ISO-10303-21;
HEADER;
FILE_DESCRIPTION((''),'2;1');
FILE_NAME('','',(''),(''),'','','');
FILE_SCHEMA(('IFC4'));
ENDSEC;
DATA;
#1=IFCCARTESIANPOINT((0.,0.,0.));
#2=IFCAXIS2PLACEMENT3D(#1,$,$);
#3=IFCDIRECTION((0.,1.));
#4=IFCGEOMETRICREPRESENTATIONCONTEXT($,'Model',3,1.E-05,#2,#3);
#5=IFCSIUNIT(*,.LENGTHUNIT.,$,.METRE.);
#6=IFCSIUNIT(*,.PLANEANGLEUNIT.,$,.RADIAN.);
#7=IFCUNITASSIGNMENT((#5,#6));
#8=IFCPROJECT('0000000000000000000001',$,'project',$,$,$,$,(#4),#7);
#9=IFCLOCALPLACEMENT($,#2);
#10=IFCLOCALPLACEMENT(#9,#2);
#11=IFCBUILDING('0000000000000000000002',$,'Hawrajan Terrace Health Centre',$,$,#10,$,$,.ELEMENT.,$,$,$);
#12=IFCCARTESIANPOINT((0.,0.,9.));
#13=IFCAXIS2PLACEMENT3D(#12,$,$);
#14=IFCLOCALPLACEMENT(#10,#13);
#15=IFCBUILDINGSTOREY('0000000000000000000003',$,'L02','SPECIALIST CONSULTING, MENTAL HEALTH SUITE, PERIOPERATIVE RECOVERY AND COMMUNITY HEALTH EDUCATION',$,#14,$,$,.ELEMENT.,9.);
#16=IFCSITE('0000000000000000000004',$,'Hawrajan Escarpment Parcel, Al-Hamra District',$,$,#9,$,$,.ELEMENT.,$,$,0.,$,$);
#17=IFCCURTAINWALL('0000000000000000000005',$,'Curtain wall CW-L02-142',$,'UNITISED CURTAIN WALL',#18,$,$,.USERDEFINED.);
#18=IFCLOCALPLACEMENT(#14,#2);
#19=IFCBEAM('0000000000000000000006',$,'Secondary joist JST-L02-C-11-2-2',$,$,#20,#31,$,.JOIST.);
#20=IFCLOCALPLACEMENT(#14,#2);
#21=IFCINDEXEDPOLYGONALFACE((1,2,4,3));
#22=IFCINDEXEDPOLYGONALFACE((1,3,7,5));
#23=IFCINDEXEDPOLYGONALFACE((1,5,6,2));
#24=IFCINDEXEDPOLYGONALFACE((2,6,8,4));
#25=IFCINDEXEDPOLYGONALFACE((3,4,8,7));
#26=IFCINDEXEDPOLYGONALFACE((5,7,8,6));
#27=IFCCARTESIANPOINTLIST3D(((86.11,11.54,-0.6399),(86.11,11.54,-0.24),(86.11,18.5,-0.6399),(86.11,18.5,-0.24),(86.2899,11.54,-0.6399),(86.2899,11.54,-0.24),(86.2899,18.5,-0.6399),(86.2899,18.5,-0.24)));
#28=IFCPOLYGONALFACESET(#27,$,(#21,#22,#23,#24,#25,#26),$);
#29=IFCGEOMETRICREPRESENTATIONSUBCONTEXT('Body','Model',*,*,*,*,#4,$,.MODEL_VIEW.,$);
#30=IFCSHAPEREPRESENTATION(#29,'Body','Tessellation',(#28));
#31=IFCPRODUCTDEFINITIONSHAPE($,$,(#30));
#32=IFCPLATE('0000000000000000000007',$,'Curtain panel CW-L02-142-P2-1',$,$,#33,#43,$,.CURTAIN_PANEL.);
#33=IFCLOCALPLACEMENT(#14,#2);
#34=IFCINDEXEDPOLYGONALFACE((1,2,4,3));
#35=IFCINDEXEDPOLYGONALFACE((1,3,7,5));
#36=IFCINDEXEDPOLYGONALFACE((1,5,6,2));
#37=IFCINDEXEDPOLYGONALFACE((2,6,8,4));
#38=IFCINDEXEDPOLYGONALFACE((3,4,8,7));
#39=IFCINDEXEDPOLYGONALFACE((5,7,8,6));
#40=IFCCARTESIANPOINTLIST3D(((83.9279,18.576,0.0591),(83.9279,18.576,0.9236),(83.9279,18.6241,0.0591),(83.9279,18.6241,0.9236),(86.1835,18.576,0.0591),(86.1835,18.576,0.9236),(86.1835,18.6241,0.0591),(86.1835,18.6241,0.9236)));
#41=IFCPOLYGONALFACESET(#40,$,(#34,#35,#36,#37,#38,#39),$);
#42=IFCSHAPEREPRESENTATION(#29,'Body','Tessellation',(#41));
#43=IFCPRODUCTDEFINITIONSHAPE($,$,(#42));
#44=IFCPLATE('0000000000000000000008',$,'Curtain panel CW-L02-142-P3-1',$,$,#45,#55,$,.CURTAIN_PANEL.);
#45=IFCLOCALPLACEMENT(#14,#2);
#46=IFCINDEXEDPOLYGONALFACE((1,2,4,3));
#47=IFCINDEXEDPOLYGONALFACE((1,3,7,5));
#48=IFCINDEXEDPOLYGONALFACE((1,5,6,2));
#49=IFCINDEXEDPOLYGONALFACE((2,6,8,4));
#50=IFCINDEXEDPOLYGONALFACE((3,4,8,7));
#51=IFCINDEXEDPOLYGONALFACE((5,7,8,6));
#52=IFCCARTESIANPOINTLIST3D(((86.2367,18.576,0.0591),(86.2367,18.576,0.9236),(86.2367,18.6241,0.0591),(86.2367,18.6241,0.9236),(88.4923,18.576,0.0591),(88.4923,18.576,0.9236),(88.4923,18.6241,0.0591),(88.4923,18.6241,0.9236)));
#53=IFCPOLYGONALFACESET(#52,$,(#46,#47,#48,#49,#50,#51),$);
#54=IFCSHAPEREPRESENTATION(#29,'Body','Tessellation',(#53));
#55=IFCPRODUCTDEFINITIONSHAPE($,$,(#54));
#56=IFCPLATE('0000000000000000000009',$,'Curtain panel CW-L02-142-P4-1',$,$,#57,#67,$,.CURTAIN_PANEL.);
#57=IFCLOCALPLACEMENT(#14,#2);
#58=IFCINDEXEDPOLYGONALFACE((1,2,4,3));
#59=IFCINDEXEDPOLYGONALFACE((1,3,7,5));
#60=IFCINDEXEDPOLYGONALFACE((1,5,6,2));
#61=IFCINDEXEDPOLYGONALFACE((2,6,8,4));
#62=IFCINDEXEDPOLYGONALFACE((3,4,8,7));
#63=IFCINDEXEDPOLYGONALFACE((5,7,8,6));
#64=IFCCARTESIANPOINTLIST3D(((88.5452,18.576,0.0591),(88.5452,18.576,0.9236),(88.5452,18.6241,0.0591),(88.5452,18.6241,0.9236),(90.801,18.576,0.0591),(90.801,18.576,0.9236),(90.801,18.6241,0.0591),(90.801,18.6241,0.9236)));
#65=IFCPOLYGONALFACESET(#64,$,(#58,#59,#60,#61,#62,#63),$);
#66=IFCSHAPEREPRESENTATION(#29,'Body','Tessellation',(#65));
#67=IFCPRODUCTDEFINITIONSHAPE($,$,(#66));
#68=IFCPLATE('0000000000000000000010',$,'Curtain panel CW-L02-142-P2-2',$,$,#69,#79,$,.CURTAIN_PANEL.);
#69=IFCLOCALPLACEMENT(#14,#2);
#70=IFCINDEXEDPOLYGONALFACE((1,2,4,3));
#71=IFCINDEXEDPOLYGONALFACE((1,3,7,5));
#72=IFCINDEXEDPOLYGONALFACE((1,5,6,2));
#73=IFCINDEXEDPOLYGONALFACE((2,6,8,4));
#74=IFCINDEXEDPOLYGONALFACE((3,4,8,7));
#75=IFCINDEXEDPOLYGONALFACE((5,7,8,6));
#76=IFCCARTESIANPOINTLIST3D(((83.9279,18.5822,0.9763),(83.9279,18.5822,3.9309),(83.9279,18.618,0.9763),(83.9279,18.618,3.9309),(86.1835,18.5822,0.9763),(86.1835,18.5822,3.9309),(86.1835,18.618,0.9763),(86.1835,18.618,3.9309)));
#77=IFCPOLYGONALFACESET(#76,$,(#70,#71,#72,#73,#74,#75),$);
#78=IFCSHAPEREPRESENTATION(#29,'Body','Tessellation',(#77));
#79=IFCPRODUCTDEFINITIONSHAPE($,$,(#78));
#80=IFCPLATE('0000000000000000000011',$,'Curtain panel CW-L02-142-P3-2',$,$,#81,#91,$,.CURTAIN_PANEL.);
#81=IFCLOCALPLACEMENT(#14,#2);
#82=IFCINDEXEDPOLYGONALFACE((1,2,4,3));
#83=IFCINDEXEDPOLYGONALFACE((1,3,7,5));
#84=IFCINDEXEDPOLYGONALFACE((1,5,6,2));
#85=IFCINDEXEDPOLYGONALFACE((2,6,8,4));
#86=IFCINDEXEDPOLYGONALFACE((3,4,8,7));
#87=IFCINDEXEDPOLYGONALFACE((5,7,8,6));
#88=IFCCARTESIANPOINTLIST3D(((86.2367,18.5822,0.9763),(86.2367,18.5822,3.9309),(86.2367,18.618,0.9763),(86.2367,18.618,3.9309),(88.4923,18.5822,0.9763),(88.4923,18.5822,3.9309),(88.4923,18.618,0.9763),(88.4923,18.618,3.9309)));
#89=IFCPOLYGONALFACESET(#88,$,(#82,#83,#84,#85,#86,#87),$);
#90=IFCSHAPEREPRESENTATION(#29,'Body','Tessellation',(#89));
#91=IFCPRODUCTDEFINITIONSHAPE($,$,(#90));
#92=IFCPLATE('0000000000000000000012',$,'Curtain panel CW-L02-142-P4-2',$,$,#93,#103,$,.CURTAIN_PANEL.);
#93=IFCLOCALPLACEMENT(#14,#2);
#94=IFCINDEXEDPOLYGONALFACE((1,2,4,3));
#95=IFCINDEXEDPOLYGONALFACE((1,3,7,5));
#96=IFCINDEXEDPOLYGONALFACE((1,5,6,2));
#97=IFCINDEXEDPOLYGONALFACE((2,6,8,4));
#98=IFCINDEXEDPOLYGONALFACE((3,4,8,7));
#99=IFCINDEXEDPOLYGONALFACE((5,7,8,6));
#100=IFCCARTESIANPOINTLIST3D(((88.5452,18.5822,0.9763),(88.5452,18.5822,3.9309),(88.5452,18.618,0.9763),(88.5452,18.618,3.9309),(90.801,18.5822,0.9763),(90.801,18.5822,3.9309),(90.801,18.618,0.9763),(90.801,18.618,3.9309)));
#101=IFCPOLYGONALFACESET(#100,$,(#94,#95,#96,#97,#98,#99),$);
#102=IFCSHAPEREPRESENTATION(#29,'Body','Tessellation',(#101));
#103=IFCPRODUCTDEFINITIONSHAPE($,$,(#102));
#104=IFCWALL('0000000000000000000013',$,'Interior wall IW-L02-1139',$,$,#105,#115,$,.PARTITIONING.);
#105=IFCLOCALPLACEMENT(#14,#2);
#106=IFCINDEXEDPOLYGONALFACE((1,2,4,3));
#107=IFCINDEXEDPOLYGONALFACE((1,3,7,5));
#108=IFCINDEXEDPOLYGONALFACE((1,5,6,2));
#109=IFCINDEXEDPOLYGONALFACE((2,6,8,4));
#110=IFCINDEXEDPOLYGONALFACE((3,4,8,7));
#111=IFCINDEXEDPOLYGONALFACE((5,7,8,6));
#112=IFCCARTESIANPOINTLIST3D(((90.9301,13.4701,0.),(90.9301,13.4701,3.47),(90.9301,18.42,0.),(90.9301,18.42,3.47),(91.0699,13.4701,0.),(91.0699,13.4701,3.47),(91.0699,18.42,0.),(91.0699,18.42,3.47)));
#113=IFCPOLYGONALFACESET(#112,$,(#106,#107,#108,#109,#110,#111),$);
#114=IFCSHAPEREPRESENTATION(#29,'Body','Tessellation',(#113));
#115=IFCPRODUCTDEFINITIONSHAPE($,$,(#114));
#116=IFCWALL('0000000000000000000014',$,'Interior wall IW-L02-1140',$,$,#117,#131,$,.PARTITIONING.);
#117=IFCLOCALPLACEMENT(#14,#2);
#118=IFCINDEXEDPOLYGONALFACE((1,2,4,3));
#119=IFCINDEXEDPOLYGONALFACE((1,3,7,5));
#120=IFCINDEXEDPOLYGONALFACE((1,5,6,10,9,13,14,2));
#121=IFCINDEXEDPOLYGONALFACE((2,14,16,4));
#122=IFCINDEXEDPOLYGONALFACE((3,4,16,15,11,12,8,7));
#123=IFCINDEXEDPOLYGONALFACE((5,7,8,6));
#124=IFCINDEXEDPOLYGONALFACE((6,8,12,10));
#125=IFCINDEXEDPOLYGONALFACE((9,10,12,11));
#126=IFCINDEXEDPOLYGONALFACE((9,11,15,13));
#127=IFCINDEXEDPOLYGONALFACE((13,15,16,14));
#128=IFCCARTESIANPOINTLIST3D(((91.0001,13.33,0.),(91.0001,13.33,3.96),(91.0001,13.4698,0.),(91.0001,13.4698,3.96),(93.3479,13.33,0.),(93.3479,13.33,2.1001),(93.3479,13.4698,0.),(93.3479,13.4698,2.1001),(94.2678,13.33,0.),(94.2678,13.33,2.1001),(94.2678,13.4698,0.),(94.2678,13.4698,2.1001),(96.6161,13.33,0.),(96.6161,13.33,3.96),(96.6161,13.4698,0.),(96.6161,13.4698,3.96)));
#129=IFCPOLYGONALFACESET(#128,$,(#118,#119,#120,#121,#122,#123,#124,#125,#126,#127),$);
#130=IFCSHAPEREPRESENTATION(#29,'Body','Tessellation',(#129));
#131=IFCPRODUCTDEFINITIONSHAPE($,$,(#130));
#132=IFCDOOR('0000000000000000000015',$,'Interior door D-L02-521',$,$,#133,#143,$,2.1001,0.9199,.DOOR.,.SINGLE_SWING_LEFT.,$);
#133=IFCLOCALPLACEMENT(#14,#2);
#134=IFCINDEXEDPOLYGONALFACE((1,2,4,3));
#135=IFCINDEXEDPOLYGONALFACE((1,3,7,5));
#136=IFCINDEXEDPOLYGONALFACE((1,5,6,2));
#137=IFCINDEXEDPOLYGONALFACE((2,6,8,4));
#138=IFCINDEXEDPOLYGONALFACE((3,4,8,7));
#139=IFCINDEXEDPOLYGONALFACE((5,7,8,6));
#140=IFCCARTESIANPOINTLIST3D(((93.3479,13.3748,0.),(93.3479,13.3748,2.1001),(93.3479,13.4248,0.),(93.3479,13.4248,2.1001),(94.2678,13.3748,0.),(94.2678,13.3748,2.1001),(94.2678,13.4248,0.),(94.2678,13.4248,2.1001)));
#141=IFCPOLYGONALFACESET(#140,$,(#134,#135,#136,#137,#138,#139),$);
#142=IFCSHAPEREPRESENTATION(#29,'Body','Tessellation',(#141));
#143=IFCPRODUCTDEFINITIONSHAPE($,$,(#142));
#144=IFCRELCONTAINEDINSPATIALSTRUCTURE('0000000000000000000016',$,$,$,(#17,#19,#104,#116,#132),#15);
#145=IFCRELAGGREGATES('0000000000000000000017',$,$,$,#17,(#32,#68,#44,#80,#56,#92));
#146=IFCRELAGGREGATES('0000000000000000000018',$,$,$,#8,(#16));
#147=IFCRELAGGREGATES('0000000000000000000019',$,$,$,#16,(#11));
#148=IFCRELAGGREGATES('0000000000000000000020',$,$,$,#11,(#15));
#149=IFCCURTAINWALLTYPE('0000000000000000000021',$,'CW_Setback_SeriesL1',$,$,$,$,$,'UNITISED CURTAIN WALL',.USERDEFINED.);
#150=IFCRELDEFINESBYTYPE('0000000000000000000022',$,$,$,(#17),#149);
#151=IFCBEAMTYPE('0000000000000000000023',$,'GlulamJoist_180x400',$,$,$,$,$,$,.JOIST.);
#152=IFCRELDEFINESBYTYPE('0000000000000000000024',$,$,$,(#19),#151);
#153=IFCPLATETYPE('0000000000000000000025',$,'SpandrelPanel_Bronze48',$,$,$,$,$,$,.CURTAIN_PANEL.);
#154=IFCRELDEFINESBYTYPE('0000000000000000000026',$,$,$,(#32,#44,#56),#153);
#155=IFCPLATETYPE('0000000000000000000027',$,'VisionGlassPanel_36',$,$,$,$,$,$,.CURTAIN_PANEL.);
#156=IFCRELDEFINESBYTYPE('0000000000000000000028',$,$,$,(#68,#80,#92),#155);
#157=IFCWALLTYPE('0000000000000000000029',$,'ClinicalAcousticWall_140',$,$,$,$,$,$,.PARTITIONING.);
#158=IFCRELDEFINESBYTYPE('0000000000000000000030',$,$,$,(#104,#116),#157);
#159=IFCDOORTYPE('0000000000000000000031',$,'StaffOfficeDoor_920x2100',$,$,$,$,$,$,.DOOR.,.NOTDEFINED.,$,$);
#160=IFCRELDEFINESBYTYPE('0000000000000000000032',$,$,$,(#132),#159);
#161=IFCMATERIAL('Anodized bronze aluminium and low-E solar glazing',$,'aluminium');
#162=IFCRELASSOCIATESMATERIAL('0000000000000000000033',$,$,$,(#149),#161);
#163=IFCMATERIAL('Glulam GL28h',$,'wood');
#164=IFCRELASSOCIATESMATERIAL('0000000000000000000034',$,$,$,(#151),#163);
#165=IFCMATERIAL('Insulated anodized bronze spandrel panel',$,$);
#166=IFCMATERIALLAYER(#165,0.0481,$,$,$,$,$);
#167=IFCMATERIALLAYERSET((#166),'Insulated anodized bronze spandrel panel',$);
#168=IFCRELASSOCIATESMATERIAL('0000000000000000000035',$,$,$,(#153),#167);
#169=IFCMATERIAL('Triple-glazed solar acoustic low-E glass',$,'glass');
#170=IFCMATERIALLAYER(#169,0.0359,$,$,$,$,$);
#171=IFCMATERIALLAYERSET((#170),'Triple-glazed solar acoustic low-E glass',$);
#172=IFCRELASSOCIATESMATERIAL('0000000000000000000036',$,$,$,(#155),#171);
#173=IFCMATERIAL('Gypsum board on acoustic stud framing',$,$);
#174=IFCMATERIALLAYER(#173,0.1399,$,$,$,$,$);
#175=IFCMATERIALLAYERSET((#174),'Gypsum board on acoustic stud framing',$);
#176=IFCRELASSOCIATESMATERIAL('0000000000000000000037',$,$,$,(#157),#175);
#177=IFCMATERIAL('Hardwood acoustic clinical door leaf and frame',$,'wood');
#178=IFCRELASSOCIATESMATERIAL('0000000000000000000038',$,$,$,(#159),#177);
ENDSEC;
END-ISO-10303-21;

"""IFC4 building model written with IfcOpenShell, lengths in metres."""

from ifc_helpers import new_model, si_unit, direction, frame, frame_2d, origin, origin_2d, place, context, subcontext, project, spatial, rectangle, extrude, material, layer, layer_set, material_profile, profile_set, type_object, element, fill, aggregate, save


model = new_model("IFC4")

# Units and contexts
model_context = context("Model", 3, precision=1e-05, world=origin(), true_north=direction((0.0, 1.0)))
body_context = subcontext(model_context, "Body", "Model", "MODEL_VIEW")
ifc_project = project(units=[si_unit("LENGTHUNIT", "METRE"), si_unit("PLANEANGLEUNIT", "RADIAN")], contexts=[model_context])

# Site, building, storey
site_placement = place(None, origin())
site = spatial("IfcSite", under=ifc_project, at=site_placement, Name="Hawrajan Escarpment Parcel, Al-Hamra District", CompositionType="ELEMENT", RefElevation=0.0)
building_placement = place(site_placement, origin())
building = spatial("IfcBuilding", under=site, at=building_placement, Name="Hawrajan Terrace Health Centre", CompositionType="ELEMENT")
storey_placement = place(building_placement, frame((0.0, 0.0, 9.0)))
storey = spatial("IfcBuildingStorey", under=building, at=storey_placement, Name="L02", Description="SPECIALIST CONSULTING, MENTAL HEALTH SUITE, PERIOPERATIVE RECOVERY AND COMMUNITY HEALTH EDUCATION", CompositionType="ELEMENT", Elevation=9.0)

# Curtain wall
ifc_material_1 = material(Name="Anodized bronze aluminium and low-E solar glazing", Category="aluminium")
curtain_wall_type = type_object("IfcCurtainWallType", Name="CW_Setback_SeriesL1", ElementType="UNITISED CURTAIN WALL", PredefinedType="USERDEFINED", material=ifc_material_1)
curtain_wall_placement = place(storey_placement, origin())
curtain_wall = element("IfcCurtainWall", 1, at=curtain_wall_placement, inside=storey, type_object=curtain_wall_type, Name="Curtain wall CW-L02-142", ObjectType="UNITISED CURTAIN WALL", PredefinedType="USERDEFINED")

# Beam
ifc_material_2 = material(Name="Glulam GL28h", Category="wood")
ifc_material_profile_1 = material_profile(ifc_material_2, rectangle(XDim=0.1799, YDim=0.3999, at=origin_2d()), Name="GL JST 180x400")
ifc_profile_set_1 = profile_set([ifc_material_profile_1], Name="Glulam GL28h")
beam_type_1 = type_object("IfcBeamType", Name="GlulamJoist_180x400", PredefinedType="JOIST", material=ifc_profile_set_1)
beam_1_placement = place(storey_placement, frame((86.2, 11.54, -0.4399), z_axis=(0.0, 1.0, 0.0), x_axis=(-1.0, 0.0, 0.0)))
element("IfcBeam", 2, at=beam_1_placement, inside=storey, type_object=beam_type_1, Name="Secondary joist JST-L02-C-11-2-2", PredefinedType="JOIST", context=body_context, shape_type="SweptSolid", body=[
    extrude(rectangle(XDim=0.1799, YDim=0.3999, at=origin_2d()), origin(), (0.0, 0.0, 1.0), 6.96),
])

# Plates
ifc_material_3 = material(Name="Insulated anodized bronze spandrel panel")
ifc_layer_1 = layer(ifc_material_3, 0.0481)
ifc_layer_set_1 = layer_set([ifc_layer_1], Name="Insulated anodized bronze spandrel panel")
plate_type_1 = type_object("IfcPlateType", Name="SpandrelPanel_Bronze48", PredefinedType="CURTAIN_PANEL", material=ifc_layer_set_1)
plate_1_placement = place(storey_placement, frame((85.0557, 18.6001, 0.0591), z_axis=(0.0, 0.0, 1.0), x_axis=(1.0, 0.0, 0.0)))
plate_1 = element("IfcPlate", 3, at=plate_1_placement, type_object=plate_type_1, Name="Curtain panel CW-L02-142-P2-1", PredefinedType="CURTAIN_PANEL", context=body_context, shape_type="SweptSolid", body=[
    extrude(rectangle(XDim=2.2556, YDim=0.0481, at=origin_2d()), origin(), (0.0, 0.0, 1.0), 0.8645),
])
plate_2_placement = place(storey_placement, frame((87.3645, 18.6001, 0.0591), z_axis=(0.0, 0.0, 1.0), x_axis=(1.0, 0.0, 0.0)))
plate_2 = element("IfcPlate", 4, at=plate_2_placement, type_object=plate_type_1, Name="Curtain panel CW-L02-142-P3-1", PredefinedType="CURTAIN_PANEL", context=body_context, shape_type="SweptSolid", body=[
    extrude(rectangle(XDim=2.2556, YDim=0.0481, at=origin_2d()), origin(), (0.0, 0.0, 1.0), 0.8645),
])
plate_3_placement = place(storey_placement, frame((89.6731, 18.6001, 0.0591), z_axis=(0.0, 0.0, 1.0), x_axis=(1.0, 0.0, 0.0)))
plate_3 = element("IfcPlate", 5, at=plate_3_placement, type_object=plate_type_1, Name="Curtain panel CW-L02-142-P4-1", PredefinedType="CURTAIN_PANEL", context=body_context, shape_type="SweptSolid", body=[
    extrude(rectangle(XDim=2.2559, YDim=0.0481, at=origin_2d()), origin(), (0.0, 0.0, 1.0), 0.8645),
])
ifc_material_4 = material(Name="Triple-glazed solar acoustic low-E glass", Category="glass")
ifc_layer_2 = layer(ifc_material_4, 0.0359)
ifc_layer_set_2 = layer_set([ifc_layer_2], Name="Triple-glazed solar acoustic low-E glass")
plate_type_2 = type_object("IfcPlateType", Name="VisionGlassPanel_36", PredefinedType="CURTAIN_PANEL", material=ifc_layer_set_2)
plate_4_placement = place(storey_placement, frame((85.0557, 18.6001, 0.9763), z_axis=(0.0, 0.0, 1.0), x_axis=(1.0, 0.0, 0.0)))
plate_4 = element("IfcPlate", 6, at=plate_4_placement, type_object=plate_type_2, Name="Curtain panel CW-L02-142-P2-2", PredefinedType="CURTAIN_PANEL", context=body_context, shape_type="SweptSolid", body=[
    extrude(rectangle(XDim=2.2556, YDim=0.0359, at=origin_2d()), origin(), (0.0, 0.0, 1.0), 2.9546),
])
plate_5_placement = place(storey_placement, frame((87.3645, 18.6001, 0.9763), z_axis=(0.0, 0.0, 1.0), x_axis=(1.0, 0.0, 0.0)))
plate_5 = element("IfcPlate", 7, at=plate_5_placement, type_object=plate_type_2, Name="Curtain panel CW-L02-142-P3-2", PredefinedType="CURTAIN_PANEL", context=body_context, shape_type="SweptSolid", body=[
    extrude(rectangle(XDim=2.2556, YDim=0.0359, at=origin_2d()), origin(), (0.0, 0.0, 1.0), 2.9546),
])
plate_6_placement = place(storey_placement, frame((89.6731, 18.6001, 0.9763), z_axis=(0.0, 0.0, 1.0), x_axis=(1.0, 0.0, 0.0)))
plate_6 = element("IfcPlate", 8, at=plate_6_placement, type_object=plate_type_2, Name="Curtain panel CW-L02-142-P4-2", PredefinedType="CURTAIN_PANEL", context=body_context, shape_type="SweptSolid", body=[
    extrude(rectangle(XDim=2.2559, YDim=0.0359, at=origin_2d()), origin(), (0.0, 0.0, 1.0), 2.9546),
])
aggregate(curtain_wall, [plate_1, plate_4, plate_2, plate_5, plate_3, plate_6])

# Wall
ifc_material_5 = material(Name="Gypsum board on acoustic stud framing")
ifc_layer_3 = layer(ifc_material_5, 0.1399)
ifc_layer_set_3 = layer_set([ifc_layer_3], Name="Gypsum board on acoustic stud framing")
wall_type = type_object("IfcWallType", Name="ClinicalAcousticWall_140", PredefinedType="PARTITIONING", material=ifc_layer_set_3)
wall_1_placement = place(storey_placement, frame((91.0, 13.47, 0.0), z_axis=(0.0, 0.0, 1.0), x_axis=(0.0, 1.0, 0.0)))
element("IfcWall", 9, at=wall_1_placement, inside=storey, type_object=wall_type, Name="Interior wall IW-L02-1139", PredefinedType="PARTITIONING", context=body_context, shape_type="SweptSolid", body=[
    extrude(rectangle(XDim=4.95, YDim=0.1399, at=frame_2d((2.4751, 0.0))), origin(), (0.0, 0.0, 1.0), 3.47),
])

# Wall, opening, door
wall_2_placement = place(storey_placement, frame((91.0, 13.3999, 0.0), z_axis=(0.0, 0.0, 1.0), x_axis=(1.0, 0.0, 0.0)))
wall_2 = element("IfcWall", 10, at=wall_2_placement, inside=storey, type_object=wall_type, Name="Interior wall IW-L02-1140", PredefinedType="PARTITIONING", context=body_context, shape_type="SweptSolid", body=[
    extrude(rectangle(XDim=5.616, YDim=0.1399, at=frame_2d((2.8081, 0.0))), origin(), (0.0, 0.0, 1.0), 3.96),
])
opening_placement = place(wall_2_placement, frame((2.3479, 0.0, 0.0)))
opening = element("IfcOpeningElement", 11, at=opening_placement, cuts=wall_2, PredefinedType="OPENING", context=body_context, shape_type="SweptSolid", body=[
    extrude(rectangle(XDim=0.9199, YDim=2.1001, at=frame_2d((0.46, 1.05))), frame((0.0, 0.0798, 0.0), z_axis=(0.0, -1.0, 0.0), x_axis=(1.0, 0.0, 0.0)), (0.0, 0.0, 1.0), 0.1599),
])
ifc_material_6 = material(Name="Hardwood acoustic clinical door leaf and frame", Category="wood")
door_type = type_object("IfcDoorType", Name="StaffOfficeDoor_920x2100", OperationType="NOTDEFINED", PredefinedType="DOOR", material=ifc_material_6)
door_placement = place(opening_placement, origin())
door = element("IfcDoor", 12, at=door_placement, inside=storey, type_object=door_type, Name="Interior door D-L02-521", OperationType="SINGLE_SWING_LEFT", OverallHeight=2.1001, OverallWidth=0.9199, PredefinedType="DOOR", context=body_context, shape_type="SweptSolid", body=[
    extrude(rectangle(XDim=0.9199, YDim=2.1001, at=frame_2d((0.46, 1.05))), frame((0.0, 0.0249, 0.0), z_axis=(0.0, -1.0, 0.0), x_axis=(1.0, 0.0, 0.0)), (0.0, 0.0, 1.0), 0.05),
])
fill(opening, door)

save(model, "model.ifc")
